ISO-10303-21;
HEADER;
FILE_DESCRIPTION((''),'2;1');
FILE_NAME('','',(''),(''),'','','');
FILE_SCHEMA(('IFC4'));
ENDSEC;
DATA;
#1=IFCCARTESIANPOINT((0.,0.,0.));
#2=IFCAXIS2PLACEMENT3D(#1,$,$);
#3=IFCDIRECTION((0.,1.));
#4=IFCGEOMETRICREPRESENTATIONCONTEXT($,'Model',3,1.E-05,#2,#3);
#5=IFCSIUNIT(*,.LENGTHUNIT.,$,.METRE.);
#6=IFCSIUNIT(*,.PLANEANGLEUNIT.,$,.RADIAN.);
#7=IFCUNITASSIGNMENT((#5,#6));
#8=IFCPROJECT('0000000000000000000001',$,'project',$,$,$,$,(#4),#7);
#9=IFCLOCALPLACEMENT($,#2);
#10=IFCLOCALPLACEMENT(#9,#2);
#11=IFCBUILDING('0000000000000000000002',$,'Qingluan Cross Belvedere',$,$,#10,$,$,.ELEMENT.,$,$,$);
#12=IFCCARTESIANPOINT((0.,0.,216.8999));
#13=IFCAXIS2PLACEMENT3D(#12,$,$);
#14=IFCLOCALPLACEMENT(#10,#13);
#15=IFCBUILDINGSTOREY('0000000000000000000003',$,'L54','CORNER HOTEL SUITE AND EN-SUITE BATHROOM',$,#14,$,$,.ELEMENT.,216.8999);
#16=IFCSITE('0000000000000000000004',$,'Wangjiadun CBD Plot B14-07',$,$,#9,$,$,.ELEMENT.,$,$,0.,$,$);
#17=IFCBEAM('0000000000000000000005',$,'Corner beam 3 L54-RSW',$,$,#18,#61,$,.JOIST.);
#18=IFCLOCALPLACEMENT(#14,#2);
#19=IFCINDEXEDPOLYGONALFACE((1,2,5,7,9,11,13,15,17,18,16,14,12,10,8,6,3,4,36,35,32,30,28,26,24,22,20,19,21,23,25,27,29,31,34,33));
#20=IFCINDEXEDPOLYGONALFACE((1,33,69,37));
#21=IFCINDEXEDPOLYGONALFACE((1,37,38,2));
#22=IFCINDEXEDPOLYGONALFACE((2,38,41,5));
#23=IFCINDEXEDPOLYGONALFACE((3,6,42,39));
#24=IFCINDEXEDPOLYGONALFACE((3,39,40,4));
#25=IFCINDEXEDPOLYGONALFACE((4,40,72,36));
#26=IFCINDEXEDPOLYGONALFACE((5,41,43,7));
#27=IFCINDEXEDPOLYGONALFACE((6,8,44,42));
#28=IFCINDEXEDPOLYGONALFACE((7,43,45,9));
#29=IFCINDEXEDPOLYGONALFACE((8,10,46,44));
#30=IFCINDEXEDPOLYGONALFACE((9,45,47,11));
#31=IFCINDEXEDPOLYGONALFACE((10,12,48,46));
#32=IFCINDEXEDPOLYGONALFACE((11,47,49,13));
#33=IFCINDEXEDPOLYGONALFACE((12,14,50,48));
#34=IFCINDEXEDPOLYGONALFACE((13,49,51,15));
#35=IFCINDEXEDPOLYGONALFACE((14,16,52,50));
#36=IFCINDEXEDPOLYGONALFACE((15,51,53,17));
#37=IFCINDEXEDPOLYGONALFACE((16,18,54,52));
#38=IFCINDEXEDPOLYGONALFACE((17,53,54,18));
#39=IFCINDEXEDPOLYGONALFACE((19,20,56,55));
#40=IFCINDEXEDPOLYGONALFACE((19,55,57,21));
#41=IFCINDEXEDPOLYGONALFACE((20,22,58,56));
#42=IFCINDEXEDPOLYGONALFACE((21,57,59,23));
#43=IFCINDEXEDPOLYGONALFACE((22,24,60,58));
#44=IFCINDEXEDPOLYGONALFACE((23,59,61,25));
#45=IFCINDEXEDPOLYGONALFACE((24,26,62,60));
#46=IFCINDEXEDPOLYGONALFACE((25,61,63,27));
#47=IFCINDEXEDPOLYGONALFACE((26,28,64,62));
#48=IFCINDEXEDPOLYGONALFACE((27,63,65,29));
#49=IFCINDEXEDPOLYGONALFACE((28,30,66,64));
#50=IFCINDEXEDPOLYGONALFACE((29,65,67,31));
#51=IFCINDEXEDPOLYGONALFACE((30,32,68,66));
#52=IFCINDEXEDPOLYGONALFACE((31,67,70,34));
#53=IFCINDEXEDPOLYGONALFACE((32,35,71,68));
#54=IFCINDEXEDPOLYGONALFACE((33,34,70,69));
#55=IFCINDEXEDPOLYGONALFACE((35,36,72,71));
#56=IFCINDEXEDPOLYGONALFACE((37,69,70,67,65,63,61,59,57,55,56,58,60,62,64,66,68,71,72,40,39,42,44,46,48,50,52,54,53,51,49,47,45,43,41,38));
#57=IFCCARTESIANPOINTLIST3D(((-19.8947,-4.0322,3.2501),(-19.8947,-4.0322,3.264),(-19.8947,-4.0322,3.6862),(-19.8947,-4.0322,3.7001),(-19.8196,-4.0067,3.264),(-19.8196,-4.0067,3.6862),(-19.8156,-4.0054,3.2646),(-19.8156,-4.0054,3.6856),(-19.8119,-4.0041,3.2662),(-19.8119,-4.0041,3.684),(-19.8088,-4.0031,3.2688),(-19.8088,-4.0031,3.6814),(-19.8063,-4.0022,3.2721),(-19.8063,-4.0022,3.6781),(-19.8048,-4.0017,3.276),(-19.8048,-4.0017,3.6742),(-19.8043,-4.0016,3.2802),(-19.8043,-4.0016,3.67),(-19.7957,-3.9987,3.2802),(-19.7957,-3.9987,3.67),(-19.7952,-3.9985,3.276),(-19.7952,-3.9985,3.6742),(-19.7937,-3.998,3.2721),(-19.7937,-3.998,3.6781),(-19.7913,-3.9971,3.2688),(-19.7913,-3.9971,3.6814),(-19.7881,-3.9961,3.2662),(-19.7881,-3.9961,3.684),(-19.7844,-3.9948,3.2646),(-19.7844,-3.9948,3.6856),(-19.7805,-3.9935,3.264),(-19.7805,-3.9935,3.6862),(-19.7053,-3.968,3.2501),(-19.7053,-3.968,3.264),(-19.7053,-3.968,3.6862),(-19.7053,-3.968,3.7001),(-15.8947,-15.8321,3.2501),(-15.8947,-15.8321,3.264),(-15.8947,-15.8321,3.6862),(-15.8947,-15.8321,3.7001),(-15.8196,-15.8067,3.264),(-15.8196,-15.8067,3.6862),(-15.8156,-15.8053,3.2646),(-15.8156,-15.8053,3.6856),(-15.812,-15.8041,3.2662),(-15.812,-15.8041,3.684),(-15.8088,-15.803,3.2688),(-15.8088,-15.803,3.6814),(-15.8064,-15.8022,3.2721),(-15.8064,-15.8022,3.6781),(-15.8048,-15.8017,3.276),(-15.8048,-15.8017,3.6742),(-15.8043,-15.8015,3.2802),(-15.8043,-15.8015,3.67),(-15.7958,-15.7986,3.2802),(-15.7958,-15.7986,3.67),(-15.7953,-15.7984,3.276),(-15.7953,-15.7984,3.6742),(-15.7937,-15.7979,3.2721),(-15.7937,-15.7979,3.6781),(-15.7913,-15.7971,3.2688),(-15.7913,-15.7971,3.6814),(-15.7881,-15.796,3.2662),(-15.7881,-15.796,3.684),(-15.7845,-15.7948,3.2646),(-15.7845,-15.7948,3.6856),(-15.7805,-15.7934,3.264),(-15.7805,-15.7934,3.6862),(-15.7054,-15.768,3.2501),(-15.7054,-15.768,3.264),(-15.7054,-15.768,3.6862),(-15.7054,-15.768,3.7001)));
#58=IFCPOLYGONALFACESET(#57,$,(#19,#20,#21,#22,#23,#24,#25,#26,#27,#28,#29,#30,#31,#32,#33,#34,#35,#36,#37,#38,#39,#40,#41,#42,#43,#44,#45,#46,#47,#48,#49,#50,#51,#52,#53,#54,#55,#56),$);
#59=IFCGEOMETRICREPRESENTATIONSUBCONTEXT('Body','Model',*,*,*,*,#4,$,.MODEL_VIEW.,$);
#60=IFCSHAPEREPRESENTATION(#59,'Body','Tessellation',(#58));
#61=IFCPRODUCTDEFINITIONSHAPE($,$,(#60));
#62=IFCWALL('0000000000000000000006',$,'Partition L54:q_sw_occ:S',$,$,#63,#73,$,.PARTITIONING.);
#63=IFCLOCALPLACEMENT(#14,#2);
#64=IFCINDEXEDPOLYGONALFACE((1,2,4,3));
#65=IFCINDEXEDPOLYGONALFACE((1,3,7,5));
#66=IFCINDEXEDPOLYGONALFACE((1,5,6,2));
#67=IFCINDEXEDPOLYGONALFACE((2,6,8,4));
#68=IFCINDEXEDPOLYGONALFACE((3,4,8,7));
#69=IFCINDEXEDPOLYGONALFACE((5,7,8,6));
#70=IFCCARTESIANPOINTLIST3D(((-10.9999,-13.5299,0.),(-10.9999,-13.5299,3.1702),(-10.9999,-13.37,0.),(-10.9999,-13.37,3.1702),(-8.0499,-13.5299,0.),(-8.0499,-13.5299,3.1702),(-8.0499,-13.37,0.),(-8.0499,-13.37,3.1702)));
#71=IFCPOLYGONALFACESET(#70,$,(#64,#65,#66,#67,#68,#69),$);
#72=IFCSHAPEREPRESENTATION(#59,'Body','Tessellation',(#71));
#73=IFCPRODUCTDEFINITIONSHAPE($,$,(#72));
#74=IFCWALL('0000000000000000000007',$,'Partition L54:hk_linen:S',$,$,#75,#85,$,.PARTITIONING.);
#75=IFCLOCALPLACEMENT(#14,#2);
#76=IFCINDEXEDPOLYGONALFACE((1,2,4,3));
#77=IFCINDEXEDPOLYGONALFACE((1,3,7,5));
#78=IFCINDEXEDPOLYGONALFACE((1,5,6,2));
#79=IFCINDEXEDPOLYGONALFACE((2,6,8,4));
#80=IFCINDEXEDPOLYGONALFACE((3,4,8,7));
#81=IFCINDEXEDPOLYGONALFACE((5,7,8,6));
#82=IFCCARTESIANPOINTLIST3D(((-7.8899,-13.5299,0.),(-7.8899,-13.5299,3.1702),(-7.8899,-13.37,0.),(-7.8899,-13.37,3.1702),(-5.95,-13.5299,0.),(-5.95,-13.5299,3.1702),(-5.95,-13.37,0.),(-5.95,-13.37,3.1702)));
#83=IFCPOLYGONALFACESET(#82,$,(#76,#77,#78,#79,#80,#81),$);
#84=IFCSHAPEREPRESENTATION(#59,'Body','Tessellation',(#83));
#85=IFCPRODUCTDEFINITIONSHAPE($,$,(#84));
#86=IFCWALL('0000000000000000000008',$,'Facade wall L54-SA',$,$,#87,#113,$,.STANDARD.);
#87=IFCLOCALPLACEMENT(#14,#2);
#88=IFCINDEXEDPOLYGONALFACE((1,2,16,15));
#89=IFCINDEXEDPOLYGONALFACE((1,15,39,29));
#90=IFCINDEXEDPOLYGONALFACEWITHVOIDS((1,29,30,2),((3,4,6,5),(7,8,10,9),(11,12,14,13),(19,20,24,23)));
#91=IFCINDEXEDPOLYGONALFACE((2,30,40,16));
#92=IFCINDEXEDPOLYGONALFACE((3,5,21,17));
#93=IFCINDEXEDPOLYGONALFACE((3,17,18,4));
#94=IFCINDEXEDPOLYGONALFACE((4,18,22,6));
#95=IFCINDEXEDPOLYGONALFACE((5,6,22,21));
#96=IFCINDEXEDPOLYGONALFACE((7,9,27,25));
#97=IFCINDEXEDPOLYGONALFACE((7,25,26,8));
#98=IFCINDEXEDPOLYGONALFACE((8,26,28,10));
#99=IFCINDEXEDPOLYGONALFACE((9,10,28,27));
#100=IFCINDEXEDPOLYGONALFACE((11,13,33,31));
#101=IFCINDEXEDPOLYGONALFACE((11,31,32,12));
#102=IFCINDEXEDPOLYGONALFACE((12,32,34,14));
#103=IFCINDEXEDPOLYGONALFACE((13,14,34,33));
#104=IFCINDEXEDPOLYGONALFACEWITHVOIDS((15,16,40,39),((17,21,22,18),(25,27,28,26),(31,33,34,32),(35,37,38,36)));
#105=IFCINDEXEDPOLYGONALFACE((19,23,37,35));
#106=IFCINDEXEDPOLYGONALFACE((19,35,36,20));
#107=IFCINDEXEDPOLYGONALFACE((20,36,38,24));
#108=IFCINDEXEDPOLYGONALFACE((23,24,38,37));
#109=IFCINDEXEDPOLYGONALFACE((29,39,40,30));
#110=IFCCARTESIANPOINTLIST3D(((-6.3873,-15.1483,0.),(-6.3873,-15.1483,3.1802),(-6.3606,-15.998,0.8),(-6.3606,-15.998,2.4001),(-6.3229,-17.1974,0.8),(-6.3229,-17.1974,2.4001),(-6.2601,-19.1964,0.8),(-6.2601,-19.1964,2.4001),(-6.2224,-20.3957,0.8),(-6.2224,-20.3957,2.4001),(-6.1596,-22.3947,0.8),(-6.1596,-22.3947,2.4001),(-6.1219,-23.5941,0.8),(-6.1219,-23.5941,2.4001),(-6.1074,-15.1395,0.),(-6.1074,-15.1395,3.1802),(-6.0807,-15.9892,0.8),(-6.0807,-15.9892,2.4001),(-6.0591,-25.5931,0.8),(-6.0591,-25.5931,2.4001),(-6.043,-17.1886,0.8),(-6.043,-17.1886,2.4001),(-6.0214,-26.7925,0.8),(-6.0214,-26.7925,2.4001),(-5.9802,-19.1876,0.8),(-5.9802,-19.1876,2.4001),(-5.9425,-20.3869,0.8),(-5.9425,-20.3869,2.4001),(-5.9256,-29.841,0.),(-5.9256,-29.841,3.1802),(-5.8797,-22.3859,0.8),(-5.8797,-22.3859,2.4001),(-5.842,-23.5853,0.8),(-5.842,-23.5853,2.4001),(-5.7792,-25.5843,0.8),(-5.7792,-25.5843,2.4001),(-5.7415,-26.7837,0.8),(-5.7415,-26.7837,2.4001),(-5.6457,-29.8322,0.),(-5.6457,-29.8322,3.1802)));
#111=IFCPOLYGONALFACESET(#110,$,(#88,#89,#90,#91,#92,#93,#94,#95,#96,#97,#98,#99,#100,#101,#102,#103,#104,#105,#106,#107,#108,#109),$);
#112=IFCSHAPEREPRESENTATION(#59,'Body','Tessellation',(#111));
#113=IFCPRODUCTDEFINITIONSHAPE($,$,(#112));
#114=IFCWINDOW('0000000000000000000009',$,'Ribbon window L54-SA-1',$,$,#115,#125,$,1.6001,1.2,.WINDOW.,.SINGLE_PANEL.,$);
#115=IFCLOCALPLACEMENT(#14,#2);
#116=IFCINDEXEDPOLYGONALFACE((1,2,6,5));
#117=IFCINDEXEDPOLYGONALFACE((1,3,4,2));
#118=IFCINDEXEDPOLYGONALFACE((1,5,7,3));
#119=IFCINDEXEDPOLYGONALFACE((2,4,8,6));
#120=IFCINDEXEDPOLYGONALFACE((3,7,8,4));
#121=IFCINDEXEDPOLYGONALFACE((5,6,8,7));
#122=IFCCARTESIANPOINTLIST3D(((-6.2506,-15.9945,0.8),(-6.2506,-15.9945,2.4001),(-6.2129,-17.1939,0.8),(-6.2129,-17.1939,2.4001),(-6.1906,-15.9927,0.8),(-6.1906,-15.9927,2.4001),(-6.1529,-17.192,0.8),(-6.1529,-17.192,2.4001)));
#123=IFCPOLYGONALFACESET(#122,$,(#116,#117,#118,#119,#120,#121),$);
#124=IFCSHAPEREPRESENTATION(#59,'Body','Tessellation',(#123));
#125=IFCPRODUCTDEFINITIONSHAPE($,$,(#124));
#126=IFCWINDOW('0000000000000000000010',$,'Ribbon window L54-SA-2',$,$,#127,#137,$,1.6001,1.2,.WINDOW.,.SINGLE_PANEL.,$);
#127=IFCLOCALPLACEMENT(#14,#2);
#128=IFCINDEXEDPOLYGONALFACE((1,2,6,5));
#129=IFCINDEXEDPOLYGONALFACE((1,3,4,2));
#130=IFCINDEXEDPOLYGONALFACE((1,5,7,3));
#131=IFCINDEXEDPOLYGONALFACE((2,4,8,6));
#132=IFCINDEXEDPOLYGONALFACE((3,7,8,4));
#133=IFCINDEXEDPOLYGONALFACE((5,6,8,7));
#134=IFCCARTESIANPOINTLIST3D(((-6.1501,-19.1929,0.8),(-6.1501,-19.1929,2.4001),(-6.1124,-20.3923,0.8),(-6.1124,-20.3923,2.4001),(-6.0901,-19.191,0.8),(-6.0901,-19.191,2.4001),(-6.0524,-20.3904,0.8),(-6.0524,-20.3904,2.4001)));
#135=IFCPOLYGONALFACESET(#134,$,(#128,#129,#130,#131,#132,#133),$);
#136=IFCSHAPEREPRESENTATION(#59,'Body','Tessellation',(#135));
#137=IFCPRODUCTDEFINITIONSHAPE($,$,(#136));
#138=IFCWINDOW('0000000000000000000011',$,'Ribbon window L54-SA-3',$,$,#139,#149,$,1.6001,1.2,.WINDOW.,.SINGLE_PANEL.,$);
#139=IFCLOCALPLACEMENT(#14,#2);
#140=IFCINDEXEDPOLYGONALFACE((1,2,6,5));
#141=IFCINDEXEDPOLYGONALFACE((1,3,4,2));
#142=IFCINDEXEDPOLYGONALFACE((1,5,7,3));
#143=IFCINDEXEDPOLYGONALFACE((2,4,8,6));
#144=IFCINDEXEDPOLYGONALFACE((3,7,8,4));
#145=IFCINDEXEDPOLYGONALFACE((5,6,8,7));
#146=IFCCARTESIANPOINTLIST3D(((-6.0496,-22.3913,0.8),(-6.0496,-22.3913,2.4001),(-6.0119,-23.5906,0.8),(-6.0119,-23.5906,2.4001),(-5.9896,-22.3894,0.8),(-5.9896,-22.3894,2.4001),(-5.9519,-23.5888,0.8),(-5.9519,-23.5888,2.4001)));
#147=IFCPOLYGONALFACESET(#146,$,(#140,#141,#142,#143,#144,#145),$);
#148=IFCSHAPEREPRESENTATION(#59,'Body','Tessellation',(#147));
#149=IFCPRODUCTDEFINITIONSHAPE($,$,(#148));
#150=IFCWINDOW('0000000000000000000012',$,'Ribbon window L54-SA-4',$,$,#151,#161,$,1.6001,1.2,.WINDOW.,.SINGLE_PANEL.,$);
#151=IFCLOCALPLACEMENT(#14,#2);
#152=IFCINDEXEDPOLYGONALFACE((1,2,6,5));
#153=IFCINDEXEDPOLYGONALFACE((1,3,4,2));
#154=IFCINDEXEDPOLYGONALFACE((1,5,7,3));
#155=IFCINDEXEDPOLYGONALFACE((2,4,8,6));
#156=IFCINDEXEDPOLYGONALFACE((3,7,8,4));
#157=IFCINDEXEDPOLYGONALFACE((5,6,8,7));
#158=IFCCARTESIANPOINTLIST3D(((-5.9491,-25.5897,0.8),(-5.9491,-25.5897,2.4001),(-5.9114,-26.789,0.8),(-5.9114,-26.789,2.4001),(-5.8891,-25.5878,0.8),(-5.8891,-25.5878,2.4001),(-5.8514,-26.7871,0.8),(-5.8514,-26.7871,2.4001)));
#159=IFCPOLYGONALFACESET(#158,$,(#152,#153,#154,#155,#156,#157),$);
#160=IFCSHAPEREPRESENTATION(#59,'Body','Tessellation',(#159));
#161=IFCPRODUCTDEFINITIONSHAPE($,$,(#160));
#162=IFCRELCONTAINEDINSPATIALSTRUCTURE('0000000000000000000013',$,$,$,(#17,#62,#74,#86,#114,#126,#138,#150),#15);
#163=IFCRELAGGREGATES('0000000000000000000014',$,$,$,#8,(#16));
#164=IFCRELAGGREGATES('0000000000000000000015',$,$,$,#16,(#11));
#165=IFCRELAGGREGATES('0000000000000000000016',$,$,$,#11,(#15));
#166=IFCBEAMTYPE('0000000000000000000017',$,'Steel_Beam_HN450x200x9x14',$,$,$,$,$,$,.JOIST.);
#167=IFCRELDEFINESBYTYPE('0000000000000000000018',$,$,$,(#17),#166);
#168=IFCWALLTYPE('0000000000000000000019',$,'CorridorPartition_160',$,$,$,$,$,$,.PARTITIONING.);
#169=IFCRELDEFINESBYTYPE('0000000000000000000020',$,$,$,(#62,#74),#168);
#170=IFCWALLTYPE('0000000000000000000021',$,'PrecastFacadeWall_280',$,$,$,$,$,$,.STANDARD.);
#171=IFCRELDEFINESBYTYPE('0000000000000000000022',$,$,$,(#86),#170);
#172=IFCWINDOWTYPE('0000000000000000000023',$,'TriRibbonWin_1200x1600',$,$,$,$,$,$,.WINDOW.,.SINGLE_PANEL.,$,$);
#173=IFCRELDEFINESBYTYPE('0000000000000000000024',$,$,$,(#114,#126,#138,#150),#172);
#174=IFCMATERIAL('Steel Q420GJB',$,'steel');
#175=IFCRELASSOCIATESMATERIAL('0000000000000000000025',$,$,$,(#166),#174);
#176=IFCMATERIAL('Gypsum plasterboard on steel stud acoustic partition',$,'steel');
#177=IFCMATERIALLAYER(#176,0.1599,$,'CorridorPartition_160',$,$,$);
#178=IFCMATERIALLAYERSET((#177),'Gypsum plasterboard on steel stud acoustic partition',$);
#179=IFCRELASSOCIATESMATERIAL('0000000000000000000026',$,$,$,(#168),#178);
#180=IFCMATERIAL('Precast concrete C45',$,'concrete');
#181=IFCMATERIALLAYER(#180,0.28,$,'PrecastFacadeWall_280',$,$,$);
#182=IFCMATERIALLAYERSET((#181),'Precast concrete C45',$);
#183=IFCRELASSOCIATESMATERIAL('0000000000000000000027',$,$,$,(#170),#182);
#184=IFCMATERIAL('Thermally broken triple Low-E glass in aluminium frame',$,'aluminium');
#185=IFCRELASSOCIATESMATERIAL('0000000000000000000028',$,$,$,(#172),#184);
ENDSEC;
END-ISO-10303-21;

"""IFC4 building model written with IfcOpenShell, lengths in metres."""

from ifc_helpers import new_model, si_unit, direction, frame, frame_2d, origin, origin_2d, place, context, subcontext, project, spatial, rectangle, i_section, extrude, material, layer, layer_set, material_profile, profile_set, type_object, element, fill, save


model = new_model("IFC4")

# Units and contexts
model_context = context("Model", 3, precision=1e-05, world=origin(), true_north=direction((0.0, 1.0)))
body_context = subcontext(model_context, "Body", "Model", "MODEL_VIEW")
ifc_project = project(units=[si_unit("LENGTHUNIT", "METRE"), si_unit("PLANEANGLEUNIT", "RADIAN")], contexts=[model_context])

# Site, building, storey
site_placement = place(None, origin())
site = spatial("IfcSite", under=ifc_project, at=site_placement, Name="Wangjiadun CBD Plot B14-07", CompositionType="ELEMENT", RefElevation=0.0)
building_placement = place(site_placement, origin())
building = spatial("IfcBuilding", under=site, at=building_placement, Name="Qingluan Cross Belvedere", CompositionType="ELEMENT")
storey_placement = place(building_placement, frame((0.0, 0.0, 216.8999)))
storey = spatial("IfcBuildingStorey", under=building, at=storey_placement, Name="L54", Description="CORNER HOTEL SUITE AND EN-SUITE BATHROOM", CompositionType="ELEMENT", Elevation=216.8999)

# Beam
ifc_material_1 = material(Name="Steel Q420GJB", Category="steel")
ifc_material_profile_1 = material_profile(ifc_material_1, i_section(OverallWidth=0.2, OverallDepth=0.45, WebThickness=0.009, FlangeThickness=0.0139, FilletRadius=0.0161, at=origin_2d()), Name="HN450x200x9x14")
ifc_profile_set_1 = profile_set([ifc_material_profile_1], Name="Steel Q420GJB")
beam_type_1 = type_object("IfcBeamType", Name="Steel_Beam_HN450x200x9x14", PredefinedType="JOIST", material=ifc_profile_set_1)
for number, where, z_axis, x_axis, name in (
    (1, (-15.8, -15.8, 3.4751), (-0.321038, 0.947066, 0.0), (-0.947066, -0.321038, 0.0), "Corner beam 3 L54-RSW"),
):
    element("IfcBeam", number, at=place(storey_placement, frame(where, z_axis=z_axis, x_axis=x_axis)), inside=storey, type_object=beam_type_1, Name=name, PredefinedType="JOIST", context=body_context, shape_type="SweptSolid", body=[
        extrude(i_section(OverallWidth=0.2, OverallDepth=0.45, WebThickness=0.009, FlangeThickness=0.0139, FilletRadius=0.0161, at=origin_2d()), origin(), (0.0, 0.0, 1.0), 12.4595),
    ])

# Walls
ifc_material_2 = material(Name="Gypsum plasterboard on steel stud acoustic partition", Category="steel")
ifc_layer_1 = layer(ifc_material_2, 0.1599, Name="CorridorPartition_160")
ifc_layer_set_1 = layer_set([ifc_layer_1], Name="Gypsum plasterboard on steel stud acoustic partition")
wall_type_1 = type_object("IfcWallType", Name="CorridorPartition_160", PredefinedType="PARTITIONING", material=ifc_layer_set_1)
wall_1_placement = place(storey_placement, frame((-11.0, -13.45, 0.0), z_axis=(0.0, 0.0, 1.0), x_axis=(1.0, 0.0, 0.0)))
element("IfcWall", 2, at=wall_1_placement, inside=storey, type_object=wall_type_1, Name="Partition L54:q_sw_occ:S", PredefinedType="PARTITIONING", context=body_context, shape_type="SweptSolid", body=[
    extrude(rectangle(XDim=2.95, YDim=0.1599, at=frame_2d((1.4751, 0.0))), origin(), (0.0, 0.0, 1.0), 3.1702),
])
wall_2_placement = place(storey_placement, frame((-7.8899, -13.45, 0.0), z_axis=(0.0, 0.0, 1.0), x_axis=(1.0, 0.0, 0.0)))
element("IfcWall", 3, at=wall_2_placement, inside=storey, type_object=wall_type_1, Name="Partition L54:hk_linen:S", PredefinedType="PARTITIONING", context=body_context, shape_type="SweptSolid", body=[
    extrude(rectangle(XDim=1.9399, YDim=0.1599, at=frame_2d((0.97, 0.0))), origin(), (0.0, 0.0, 1.0), 3.1702),
])

# Wall, openings, windows
ifc_material_3 = material(Name="Precast concrete C45", Category="concrete")
ifc_layer_2 = layer(ifc_material_3, 0.28, Name="PrecastFacadeWall_280")
ifc_layer_set_2 = layer_set([ifc_layer_2], Name="Precast concrete C45")
wall_type_2 = type_object("IfcWallType", Name="PrecastFacadeWall_280", PredefinedType="STANDARD", material=ifc_layer_set_2)
wall_3_placement = place(storey_placement, frame((-6.2473, -15.1438, 0.0), z_axis=(0.0, 0.0, 1.0), x_axis=(0.031406, -0.999507, 0.0)))
wall_3 = element("IfcWall", 4, at=wall_3_placement, inside=storey, type_object=wall_type_2, Name="Facade wall L54-SA", PredefinedType="STANDARD", context=body_context, shape_type="SweptSolid", body=[
    extrude(rectangle(XDim=14.7, YDim=0.28, at=frame_2d((7.3501, 0.0))), origin(), (0.0, 0.0, 1.0), 3.1802),
])
opening_1_placement = place(wall_3_placement, frame((0.8501, 0.0, 0.8)))
opening_1 = element("IfcOpeningElement", 5, at=opening_1_placement, cuts=wall_3, PredefinedType="OPENING", context=body_context, shape_type="SweptSolid", body=[
    extrude(rectangle(XDim=1.2, YDim=1.6001, at=frame_2d((0.6001, 0.8))), frame((0.0, 0.1499, 0.0), z_axis=(0.0, -1.0, 0.0), x_axis=(1.0, 0.0, 0.0)), (0.0, 0.0, 1.0), 0.3),
])
opening_2_placement = place(wall_3_placement, frame((4.05, 0.0, 0.8)))
opening_2 = element("IfcOpeningElement", 6, at=opening_2_placement, cuts=wall_3, PredefinedType="OPENING", context=body_context, shape_type="SweptSolid", body=[
    extrude(rectangle(XDim=1.2, YDim=1.6001, at=frame_2d((0.6001, 0.8))), frame((0.0, 0.1499, 0.0), z_axis=(0.0, -1.0, 0.0), x_axis=(1.0, 0.0, 0.0)), (0.0, 0.0, 1.0), 0.3),
])
opening_3_placement = place(wall_3_placement, frame((7.25, 0.0, 0.8)))
opening_3 = element("IfcOpeningElement", 7, at=opening_3_placement, cuts=wall_3, PredefinedType="OPENING", context=body_context, shape_type="SweptSolid", body=[
    extrude(rectangle(XDim=1.2, YDim=1.6001, at=frame_2d((0.6001, 0.8))), frame((0.0, 0.1499, 0.0), z_axis=(0.0, -1.0, 0.0), x_axis=(1.0, 0.0, 0.0)), (0.0, 0.0, 1.0), 0.3),
])
opening_4_placement = place(wall_3_placement, frame((10.45, 0.0, 0.8)))
opening_4 = element("IfcOpeningElement", 8, at=opening_4_placement, cuts=wall_3, PredefinedType="OPENING", context=body_context, shape_type="SweptSolid", body=[
    extrude(rectangle(XDim=1.2, YDim=1.6001, at=frame_2d((0.6001, 0.8))), frame((0.0, 0.1499, 0.0), z_axis=(0.0, -1.0, 0.0), x_axis=(1.0, 0.0, 0.0)), (0.0, 0.0, 1.0), 0.3),
])
ifc_material_4 = material(Name="Thermally broken triple Low-E glass in aluminium frame", Category="aluminium")
window_type_1 = type_object("IfcWindowType", Name="TriRibbonWin_1200x1600", PartitioningType="SINGLE_PANEL", PredefinedType="WINDOW", material=ifc_material_4)
window_1_placement = place(opening_1_placement, origin())
window_1 = element("IfcWindow", 9, at=window_1_placement, inside=storey, type_object=window_type_1, Name="Ribbon window L54-SA-1", OverallHeight=1.6001, OverallWidth=1.2, PartitioningType="SINGLE_PANEL", PredefinedType="WINDOW", context=body_context, shape_type="SweptSolid", body=[
    extrude(rectangle(XDim=1.2, YDim=1.6001, at=frame_2d((0.6001, 0.8))), frame((0.0, 0.03, 0.0), z_axis=(0.0, -1.0, 0.0), x_axis=(1.0, 0.0, 0.0)), (0.0, 0.0, 1.0), 0.0601),
])
fill(opening_1, window_1)
window_2_placement = place(opening_2_placement, origin())
window_2 = element("IfcWindow", 10, at=window_2_placement, inside=storey, type_object=window_type_1, Name="Ribbon window L54-SA-2", OverallHeight=1.6001, OverallWidth=1.2, PartitioningType="SINGLE_PANEL", PredefinedType="WINDOW", context=body_context, shape_type="SweptSolid", body=[
    extrude(rectangle(XDim=1.2, YDim=1.6001, at=frame_2d((0.6001, 0.8))), frame((0.0, 0.03, 0.0), z_axis=(0.0, -1.0, 0.0), x_axis=(1.0, 0.0, 0.0)), (0.0, 0.0, 1.0), 0.0601),
])
fill(opening_2, window_2)
window_3_placement = place(opening_3_placement, origin())
window_3 = element("IfcWindow", 11, at=window_3_placement, inside=storey, type_object=window_type_1, Name="Ribbon window L54-SA-3", OverallHeight=1.6001, OverallWidth=1.2, PartitioningType="SINGLE_PANEL", PredefinedType="WINDOW", context=body_context, shape_type="SweptSolid", body=[
    extrude(rectangle(XDim=1.2, YDim=1.6001, at=frame_2d((0.6001, 0.8))), frame((0.0, 0.03, 0.0), z_axis=(0.0, -1.0, 0.0), x_axis=(1.0, 0.0, 0.0)), (0.0, 0.0, 1.0), 0.0601),
])
fill(opening_3, window_3)
window_4_placement = place(opening_4_placement, origin())
window_4 = element("IfcWindow", 12, at=window_4_placement, inside=storey, type_object=window_type_1, Name="Ribbon window L54-SA-4", OverallHeight=1.6001, OverallWidth=1.2, PartitioningType="SINGLE_PANEL", PredefinedType="WINDOW", context=body_context, shape_type="SweptSolid", body=[
    extrude(rectangle(XDim=1.2, YDim=1.6001, at=frame_2d((0.6001, 0.8))), frame((0.0, 0.03, 0.0), z_axis=(0.0, -1.0, 0.0), x_axis=(1.0, 0.0, 0.0)), (0.0, 0.0, 1.0), 0.0601),
])
fill(opening_4, window_4)

save(model, "model.ifc")
